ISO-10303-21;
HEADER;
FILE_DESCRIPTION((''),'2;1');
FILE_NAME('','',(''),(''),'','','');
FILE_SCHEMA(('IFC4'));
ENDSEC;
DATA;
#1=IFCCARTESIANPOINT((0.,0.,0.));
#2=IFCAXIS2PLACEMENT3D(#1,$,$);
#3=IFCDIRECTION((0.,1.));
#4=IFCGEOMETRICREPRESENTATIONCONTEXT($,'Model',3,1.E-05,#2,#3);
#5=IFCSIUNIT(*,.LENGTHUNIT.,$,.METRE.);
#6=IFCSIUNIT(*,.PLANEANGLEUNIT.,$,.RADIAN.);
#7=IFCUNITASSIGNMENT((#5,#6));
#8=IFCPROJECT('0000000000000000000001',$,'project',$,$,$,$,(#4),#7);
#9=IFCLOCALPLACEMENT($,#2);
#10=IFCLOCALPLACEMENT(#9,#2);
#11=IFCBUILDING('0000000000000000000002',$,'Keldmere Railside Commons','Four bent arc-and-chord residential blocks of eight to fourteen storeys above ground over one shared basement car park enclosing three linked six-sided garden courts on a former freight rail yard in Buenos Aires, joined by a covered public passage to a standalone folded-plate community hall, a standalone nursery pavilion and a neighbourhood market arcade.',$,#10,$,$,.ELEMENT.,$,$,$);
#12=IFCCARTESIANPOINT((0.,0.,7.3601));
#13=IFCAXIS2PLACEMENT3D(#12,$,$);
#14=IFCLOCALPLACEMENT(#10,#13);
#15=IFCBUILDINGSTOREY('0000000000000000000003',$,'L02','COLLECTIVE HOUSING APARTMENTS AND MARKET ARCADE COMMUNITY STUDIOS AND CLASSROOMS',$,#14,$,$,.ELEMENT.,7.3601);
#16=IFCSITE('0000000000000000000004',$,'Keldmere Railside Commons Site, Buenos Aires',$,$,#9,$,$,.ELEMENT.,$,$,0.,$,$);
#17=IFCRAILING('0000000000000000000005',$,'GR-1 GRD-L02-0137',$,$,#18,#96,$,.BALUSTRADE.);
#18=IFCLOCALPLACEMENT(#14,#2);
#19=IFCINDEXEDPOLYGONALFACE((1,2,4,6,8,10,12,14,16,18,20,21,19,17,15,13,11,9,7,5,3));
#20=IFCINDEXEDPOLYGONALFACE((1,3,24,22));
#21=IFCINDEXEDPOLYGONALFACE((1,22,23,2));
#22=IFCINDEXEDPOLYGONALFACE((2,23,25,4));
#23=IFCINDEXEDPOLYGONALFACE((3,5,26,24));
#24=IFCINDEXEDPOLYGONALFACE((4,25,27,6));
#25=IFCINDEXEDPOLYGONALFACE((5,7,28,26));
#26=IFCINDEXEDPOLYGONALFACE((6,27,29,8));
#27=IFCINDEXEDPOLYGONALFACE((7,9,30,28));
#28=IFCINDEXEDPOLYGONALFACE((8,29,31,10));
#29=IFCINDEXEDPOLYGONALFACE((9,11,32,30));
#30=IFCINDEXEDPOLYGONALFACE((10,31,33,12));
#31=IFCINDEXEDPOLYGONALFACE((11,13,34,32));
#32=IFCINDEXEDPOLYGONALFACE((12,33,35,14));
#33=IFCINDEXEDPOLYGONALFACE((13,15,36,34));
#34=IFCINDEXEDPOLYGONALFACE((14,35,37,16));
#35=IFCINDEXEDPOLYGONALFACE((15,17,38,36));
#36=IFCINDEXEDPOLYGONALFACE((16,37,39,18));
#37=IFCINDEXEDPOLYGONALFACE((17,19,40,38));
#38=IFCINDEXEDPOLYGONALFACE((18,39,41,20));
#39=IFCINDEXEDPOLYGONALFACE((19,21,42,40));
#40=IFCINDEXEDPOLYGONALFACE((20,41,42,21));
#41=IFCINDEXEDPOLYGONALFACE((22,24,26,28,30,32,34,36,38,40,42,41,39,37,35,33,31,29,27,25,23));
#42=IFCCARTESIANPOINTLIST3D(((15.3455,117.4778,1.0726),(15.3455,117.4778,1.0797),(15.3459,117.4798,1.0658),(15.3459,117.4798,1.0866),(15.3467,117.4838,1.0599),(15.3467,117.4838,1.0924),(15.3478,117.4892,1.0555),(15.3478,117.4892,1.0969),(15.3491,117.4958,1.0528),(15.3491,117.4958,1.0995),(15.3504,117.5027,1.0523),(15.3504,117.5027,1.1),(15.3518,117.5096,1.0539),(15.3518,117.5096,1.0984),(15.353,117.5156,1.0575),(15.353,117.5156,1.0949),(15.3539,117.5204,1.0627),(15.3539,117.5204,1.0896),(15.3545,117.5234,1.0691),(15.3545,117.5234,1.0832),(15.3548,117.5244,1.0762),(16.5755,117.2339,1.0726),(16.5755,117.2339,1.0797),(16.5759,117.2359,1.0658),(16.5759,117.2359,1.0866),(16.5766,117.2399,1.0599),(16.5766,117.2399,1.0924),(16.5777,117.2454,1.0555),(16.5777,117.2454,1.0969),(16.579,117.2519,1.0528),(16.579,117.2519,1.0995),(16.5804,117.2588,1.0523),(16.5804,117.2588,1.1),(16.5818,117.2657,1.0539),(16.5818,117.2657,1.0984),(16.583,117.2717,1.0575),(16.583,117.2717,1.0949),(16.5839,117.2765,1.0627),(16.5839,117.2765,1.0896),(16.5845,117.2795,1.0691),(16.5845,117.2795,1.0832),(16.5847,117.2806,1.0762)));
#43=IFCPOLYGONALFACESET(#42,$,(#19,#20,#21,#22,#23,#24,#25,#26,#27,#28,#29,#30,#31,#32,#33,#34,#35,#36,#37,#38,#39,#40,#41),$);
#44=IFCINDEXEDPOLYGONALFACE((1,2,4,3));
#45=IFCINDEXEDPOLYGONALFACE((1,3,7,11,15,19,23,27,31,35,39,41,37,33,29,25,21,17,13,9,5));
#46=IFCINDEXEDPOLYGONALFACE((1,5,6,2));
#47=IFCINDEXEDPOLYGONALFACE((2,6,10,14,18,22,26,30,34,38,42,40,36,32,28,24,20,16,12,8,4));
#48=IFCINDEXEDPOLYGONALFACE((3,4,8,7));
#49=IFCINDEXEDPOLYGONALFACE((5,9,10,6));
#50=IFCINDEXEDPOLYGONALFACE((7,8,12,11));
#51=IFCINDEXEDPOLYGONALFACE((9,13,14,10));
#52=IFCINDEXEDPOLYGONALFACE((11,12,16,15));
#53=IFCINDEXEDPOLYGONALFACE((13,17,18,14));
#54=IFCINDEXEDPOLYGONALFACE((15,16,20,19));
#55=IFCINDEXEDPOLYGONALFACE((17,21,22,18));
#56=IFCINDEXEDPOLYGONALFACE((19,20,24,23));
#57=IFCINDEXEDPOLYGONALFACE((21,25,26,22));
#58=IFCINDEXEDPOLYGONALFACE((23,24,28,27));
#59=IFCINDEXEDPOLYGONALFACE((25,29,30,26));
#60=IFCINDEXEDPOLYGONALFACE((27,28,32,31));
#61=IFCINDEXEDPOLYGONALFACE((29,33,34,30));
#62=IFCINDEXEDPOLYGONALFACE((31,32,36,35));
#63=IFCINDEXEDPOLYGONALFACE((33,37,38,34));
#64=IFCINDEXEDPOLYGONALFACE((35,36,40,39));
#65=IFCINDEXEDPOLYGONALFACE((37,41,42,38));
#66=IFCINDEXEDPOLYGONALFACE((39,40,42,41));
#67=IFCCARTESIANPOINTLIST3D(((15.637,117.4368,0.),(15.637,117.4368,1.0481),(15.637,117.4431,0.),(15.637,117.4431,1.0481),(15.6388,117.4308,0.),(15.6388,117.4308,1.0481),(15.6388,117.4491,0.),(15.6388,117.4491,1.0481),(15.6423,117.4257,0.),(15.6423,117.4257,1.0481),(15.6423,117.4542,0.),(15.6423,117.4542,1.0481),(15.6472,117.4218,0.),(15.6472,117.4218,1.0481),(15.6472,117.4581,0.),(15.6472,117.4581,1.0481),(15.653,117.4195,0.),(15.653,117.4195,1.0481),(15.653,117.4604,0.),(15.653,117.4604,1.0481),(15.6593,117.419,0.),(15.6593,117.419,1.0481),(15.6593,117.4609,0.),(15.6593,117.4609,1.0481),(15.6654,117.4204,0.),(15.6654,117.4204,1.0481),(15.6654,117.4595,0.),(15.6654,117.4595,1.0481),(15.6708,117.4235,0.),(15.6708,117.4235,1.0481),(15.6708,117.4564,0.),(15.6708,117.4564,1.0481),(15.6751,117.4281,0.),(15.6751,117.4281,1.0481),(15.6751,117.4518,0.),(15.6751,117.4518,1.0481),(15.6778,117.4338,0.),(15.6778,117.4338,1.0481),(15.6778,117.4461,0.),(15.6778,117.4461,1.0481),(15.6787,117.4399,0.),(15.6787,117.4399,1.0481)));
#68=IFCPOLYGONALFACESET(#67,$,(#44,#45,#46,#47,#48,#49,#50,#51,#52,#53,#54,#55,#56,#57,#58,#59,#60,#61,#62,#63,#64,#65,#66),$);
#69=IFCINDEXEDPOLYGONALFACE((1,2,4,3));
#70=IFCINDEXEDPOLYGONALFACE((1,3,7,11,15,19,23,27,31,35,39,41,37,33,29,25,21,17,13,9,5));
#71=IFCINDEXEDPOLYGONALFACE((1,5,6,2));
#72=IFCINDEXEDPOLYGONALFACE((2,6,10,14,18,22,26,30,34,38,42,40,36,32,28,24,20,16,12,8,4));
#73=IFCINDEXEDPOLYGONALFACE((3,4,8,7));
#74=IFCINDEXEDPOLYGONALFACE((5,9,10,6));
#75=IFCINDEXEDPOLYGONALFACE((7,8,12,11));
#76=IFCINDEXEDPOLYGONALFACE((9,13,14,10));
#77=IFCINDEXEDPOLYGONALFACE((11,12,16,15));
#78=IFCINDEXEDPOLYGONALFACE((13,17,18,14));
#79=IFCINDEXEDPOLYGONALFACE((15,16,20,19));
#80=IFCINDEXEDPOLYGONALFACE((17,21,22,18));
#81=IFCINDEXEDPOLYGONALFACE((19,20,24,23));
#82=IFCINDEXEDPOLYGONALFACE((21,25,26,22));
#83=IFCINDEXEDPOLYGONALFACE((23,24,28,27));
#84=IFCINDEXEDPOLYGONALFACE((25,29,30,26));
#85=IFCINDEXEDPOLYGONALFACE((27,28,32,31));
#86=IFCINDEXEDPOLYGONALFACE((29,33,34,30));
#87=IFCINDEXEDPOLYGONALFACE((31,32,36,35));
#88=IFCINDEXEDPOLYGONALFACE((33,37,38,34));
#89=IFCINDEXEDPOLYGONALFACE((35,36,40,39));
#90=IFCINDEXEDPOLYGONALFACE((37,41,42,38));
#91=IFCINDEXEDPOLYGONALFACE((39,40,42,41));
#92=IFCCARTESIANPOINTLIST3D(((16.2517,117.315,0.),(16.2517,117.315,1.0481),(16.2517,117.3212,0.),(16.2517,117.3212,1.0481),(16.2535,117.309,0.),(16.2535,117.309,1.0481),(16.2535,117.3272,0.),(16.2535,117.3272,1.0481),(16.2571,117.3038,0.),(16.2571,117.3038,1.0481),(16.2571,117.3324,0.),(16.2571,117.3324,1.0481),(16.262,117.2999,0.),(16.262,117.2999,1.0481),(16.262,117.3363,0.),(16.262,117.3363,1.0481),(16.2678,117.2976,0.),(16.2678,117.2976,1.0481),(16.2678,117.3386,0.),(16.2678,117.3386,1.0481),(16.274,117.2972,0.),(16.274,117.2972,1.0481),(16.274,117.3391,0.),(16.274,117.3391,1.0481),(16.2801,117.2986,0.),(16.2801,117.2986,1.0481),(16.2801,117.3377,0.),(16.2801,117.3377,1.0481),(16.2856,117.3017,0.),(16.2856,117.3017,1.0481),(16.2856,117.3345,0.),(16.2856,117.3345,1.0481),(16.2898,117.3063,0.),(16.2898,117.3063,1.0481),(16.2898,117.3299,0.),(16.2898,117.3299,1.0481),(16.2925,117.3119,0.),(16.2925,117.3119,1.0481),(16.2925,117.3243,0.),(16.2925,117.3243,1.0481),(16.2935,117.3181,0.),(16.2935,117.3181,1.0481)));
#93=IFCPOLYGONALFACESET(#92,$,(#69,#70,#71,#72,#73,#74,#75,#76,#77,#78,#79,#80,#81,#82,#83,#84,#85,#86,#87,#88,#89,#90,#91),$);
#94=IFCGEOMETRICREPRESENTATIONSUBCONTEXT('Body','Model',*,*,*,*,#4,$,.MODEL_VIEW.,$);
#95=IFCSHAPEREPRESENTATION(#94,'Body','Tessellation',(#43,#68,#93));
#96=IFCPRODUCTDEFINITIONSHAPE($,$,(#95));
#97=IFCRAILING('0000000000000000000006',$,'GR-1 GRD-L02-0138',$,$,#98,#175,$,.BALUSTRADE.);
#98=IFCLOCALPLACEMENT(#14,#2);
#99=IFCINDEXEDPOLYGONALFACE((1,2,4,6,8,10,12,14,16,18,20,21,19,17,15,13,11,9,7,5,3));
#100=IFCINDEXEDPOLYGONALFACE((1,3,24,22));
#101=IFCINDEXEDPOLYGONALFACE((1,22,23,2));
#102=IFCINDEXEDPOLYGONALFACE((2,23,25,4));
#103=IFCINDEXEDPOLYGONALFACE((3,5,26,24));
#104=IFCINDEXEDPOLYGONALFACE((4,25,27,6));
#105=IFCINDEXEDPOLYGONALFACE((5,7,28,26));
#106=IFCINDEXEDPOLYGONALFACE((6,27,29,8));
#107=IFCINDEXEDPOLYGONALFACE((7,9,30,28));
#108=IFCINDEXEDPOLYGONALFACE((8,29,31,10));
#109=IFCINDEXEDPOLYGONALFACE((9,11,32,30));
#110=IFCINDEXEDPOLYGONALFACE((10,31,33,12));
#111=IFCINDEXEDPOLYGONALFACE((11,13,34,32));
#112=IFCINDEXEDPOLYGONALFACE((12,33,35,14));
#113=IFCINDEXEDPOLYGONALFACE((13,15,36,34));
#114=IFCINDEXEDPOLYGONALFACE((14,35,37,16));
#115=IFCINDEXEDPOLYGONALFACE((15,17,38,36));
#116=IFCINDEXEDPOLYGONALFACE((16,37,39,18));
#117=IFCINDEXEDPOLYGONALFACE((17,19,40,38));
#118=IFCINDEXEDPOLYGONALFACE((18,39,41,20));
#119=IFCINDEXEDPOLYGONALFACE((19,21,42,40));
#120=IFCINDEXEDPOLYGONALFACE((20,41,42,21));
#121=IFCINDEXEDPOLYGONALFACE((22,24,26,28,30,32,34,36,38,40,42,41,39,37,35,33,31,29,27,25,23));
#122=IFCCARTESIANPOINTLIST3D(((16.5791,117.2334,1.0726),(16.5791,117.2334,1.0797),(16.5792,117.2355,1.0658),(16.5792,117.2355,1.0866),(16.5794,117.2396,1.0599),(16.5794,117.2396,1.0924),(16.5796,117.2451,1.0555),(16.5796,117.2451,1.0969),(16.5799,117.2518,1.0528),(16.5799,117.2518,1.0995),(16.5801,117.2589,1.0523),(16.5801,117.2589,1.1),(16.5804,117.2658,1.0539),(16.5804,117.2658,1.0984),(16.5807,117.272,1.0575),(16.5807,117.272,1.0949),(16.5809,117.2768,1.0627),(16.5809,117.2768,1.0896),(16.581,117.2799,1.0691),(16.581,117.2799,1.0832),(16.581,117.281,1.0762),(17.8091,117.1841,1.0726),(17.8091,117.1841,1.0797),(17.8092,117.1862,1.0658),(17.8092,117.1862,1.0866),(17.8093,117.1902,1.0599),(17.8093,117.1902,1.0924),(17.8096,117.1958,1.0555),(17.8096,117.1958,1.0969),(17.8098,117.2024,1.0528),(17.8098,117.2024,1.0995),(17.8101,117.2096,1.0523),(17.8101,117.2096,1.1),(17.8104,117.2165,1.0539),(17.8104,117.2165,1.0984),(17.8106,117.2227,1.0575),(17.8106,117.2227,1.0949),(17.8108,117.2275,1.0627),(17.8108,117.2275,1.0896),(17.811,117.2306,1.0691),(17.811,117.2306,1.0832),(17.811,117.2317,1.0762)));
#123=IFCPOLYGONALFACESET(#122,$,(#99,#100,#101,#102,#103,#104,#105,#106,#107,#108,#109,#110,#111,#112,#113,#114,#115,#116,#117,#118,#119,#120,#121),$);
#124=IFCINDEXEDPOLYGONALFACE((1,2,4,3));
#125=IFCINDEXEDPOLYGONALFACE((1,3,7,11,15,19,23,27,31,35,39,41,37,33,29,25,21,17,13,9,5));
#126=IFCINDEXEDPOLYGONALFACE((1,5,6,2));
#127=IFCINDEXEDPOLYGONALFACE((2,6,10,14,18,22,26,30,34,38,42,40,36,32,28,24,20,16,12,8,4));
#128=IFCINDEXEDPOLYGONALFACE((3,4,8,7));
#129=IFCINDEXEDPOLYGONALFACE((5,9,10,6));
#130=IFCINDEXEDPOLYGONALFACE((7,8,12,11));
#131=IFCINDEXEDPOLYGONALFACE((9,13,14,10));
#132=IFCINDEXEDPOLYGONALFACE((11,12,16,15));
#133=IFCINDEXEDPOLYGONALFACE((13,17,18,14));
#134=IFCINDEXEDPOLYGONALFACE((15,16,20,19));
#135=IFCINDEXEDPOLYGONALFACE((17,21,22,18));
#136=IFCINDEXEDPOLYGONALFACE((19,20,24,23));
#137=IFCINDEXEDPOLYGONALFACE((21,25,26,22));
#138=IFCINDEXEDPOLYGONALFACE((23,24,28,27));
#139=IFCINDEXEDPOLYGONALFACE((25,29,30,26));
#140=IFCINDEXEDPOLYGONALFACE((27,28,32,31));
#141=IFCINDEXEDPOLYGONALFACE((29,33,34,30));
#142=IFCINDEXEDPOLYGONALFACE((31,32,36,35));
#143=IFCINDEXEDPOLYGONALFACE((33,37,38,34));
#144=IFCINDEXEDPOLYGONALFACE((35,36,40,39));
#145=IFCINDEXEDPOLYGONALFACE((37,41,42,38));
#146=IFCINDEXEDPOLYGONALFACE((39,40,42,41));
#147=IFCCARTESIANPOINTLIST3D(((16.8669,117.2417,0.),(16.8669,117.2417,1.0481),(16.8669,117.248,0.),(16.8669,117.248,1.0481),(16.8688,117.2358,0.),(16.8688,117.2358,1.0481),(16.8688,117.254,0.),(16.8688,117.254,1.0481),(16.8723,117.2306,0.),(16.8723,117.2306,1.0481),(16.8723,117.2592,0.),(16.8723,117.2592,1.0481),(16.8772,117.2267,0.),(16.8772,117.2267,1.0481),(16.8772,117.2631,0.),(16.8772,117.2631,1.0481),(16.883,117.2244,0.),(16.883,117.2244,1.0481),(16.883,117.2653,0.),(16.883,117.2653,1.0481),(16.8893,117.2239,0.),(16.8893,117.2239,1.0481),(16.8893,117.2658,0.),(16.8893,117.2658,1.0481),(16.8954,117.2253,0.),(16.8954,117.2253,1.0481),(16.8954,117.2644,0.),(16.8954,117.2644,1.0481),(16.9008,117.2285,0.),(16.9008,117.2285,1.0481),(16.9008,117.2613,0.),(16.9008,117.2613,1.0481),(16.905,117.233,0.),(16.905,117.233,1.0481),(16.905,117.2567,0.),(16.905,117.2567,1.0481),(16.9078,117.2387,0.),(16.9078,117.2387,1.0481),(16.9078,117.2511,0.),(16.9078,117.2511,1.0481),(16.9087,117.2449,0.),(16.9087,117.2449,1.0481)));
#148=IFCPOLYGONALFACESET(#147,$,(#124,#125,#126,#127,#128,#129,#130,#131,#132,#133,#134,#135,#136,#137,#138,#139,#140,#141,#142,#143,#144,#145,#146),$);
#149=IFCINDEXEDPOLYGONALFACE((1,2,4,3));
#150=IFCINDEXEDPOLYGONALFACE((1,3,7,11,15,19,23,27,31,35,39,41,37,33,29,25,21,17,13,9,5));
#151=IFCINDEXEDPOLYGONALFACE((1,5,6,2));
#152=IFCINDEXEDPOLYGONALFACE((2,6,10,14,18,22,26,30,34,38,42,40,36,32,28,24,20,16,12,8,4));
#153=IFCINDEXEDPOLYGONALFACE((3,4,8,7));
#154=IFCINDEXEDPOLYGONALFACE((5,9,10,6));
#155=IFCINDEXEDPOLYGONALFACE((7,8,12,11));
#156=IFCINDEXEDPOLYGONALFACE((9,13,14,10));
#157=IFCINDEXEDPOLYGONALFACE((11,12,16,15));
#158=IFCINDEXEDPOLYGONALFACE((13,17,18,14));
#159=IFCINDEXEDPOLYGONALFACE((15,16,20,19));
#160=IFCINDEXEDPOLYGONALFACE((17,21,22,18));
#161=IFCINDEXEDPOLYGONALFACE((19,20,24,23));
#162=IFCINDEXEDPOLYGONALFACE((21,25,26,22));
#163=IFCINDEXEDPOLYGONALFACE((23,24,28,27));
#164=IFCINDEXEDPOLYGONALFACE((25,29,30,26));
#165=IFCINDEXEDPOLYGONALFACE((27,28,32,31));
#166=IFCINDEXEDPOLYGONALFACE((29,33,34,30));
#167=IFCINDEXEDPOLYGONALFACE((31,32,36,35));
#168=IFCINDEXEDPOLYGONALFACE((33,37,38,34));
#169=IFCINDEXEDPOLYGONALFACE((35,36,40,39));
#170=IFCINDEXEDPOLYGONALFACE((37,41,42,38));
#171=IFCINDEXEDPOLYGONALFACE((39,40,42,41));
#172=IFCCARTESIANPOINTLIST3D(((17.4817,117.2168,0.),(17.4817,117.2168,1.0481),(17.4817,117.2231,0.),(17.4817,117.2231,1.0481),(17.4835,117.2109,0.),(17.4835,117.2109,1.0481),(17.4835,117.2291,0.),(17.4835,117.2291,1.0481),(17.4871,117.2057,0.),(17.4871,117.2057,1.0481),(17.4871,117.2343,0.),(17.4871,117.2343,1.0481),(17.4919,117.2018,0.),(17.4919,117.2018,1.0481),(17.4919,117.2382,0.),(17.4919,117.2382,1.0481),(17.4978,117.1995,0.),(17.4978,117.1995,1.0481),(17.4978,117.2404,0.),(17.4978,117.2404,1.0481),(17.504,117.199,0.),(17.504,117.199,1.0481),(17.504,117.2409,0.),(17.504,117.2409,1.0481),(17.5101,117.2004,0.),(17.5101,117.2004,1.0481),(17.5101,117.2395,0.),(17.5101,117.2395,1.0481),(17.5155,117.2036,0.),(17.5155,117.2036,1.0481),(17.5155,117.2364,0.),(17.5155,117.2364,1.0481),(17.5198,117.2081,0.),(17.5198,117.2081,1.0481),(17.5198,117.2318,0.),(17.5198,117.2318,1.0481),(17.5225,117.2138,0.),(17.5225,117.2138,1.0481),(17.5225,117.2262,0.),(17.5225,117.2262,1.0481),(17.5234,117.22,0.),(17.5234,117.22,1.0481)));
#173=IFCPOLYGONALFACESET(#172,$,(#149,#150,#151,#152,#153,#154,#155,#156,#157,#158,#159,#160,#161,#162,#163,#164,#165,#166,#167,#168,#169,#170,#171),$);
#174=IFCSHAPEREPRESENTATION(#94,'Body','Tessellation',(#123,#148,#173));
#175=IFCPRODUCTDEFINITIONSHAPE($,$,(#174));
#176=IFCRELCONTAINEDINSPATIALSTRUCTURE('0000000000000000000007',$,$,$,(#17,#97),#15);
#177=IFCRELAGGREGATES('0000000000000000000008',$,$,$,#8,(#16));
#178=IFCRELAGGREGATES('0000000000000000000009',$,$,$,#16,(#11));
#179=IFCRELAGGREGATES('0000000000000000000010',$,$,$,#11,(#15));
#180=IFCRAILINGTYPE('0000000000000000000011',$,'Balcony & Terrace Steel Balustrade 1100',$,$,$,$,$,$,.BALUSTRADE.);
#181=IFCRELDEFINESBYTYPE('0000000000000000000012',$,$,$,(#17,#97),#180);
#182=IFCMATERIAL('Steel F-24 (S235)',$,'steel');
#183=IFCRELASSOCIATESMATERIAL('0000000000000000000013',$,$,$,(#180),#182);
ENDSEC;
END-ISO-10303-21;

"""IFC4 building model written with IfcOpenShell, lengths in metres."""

from ifc_helpers import new_model, si_unit, direction, frame, origin, origin_2d, place, context, subcontext, project, spatial, circle, extrude, material, type_object, element, save


model = new_model("IFC4")

# Units and contexts
model_context = context("Model", 3, precision=1e-05, world=origin(), true_north=direction((0.0, 1.0)))
body_context = subcontext(model_context, "Body", "Model", "MODEL_VIEW")
ifc_project = project(units=[si_unit("LENGTHUNIT", "METRE"), si_unit("PLANEANGLEUNIT", "RADIAN")], contexts=[model_context])

# Site, building, storey
site_placement = place(None, origin())
site = spatial("IfcSite", under=ifc_project, at=site_placement, Name="Keldmere Railside Commons Site, Buenos Aires", CompositionType="ELEMENT", RefElevation=0.0)
building_placement = place(site_placement, origin())
building = spatial("IfcBuilding", under=site, at=building_placement, Name="Keldmere Railside Commons", Description="Four bent arc-and-chord residential blocks of eight to fourteen storeys above ground over one shared basement car park enclosing three linked six-sided garden courts on a former freight rail yard in Buenos Aires, joined by a covered public passage to a standalone folded-plate community hall, a standalone nursery pavilion and a neighbourhood market arcade.", CompositionType="ELEMENT")
storey_placement = place(building_placement, frame((0.0, 0.0, 7.3601)))
storey = spatial("IfcBuildingStorey", under=building, at=storey_placement, Name="L02", Description="COLLECTIVE HOUSING APARTMENTS AND MARKET ARCADE COMMUNITY STUDIOS AND CLASSROOMS", CompositionType="ELEMENT", Elevation=7.3601)

# Railings
ifc_material_1 = material(Name="Steel F-24 (S235)", Category="steel")
railing_type = type_object("IfcRailingType", Name="Balcony & Terrace Steel Balustrade 1100", PredefinedType="BALUSTRADE", material=ifc_material_1)
railing_1_placement = place(storey_placement, frame((15.3501, 117.501, 0.0)))
element("IfcRailing", 1, at=railing_1_placement, inside=storey, type_object=railing_type, Name="GR-1 GRD-L02-0137", PredefinedType="BALUSTRADE", context=body_context, shape_type="SweptSolid", body=[
    extrude(circle(Radius=0.0239, at=origin_2d()), frame((0.0, 0.0, 1.0762), z_axis=(0.980901, -0.194506, 0.0), x_axis=(0.194506, 0.980901, 0.0)), (0.0, 0.0, 1.0), 1.2539),
    extrude(circle(Radius=0.021, at=origin_2d()), frame((0.3076, -0.061, 0.0)), (0.0, 0.0, 1.0), 1.0481),
    extrude(circle(Radius=0.021, at=origin_2d()), frame((0.9224, -0.1829, 0.0)), (0.0, 0.0, 1.0), 1.0481),
])
railing_2_placement = place(storey_placement, frame((16.5801, 117.2571, 0.0)))
element("IfcRailing", 2, at=railing_2_placement, inside=storey, type_object=railing_type, Name="GR-1 GRD-L02-0138", PredefinedType="BALUSTRADE", context=body_context, shape_type="SweptSolid", body=[
    extrude(circle(Radius=0.0239, at=origin_2d()), frame((0.0, 0.0, 1.0762), z_axis=(0.999197, -0.040063, 0.0), x_axis=(0.040063, 0.999197, 0.0)), (0.0, 0.0, 1.0), 1.231),
    extrude(circle(Radius=0.021, at=origin_2d()), frame((0.3076, -0.0122, 0.0)), (0.0, 0.0, 1.0), 1.0481),
    extrude(circle(Radius=0.021, at=origin_2d()), frame((0.9224, -0.0371, 0.0)), (0.0, 0.0, 1.0), 1.0481),
])

save(model, "model.ifc")
